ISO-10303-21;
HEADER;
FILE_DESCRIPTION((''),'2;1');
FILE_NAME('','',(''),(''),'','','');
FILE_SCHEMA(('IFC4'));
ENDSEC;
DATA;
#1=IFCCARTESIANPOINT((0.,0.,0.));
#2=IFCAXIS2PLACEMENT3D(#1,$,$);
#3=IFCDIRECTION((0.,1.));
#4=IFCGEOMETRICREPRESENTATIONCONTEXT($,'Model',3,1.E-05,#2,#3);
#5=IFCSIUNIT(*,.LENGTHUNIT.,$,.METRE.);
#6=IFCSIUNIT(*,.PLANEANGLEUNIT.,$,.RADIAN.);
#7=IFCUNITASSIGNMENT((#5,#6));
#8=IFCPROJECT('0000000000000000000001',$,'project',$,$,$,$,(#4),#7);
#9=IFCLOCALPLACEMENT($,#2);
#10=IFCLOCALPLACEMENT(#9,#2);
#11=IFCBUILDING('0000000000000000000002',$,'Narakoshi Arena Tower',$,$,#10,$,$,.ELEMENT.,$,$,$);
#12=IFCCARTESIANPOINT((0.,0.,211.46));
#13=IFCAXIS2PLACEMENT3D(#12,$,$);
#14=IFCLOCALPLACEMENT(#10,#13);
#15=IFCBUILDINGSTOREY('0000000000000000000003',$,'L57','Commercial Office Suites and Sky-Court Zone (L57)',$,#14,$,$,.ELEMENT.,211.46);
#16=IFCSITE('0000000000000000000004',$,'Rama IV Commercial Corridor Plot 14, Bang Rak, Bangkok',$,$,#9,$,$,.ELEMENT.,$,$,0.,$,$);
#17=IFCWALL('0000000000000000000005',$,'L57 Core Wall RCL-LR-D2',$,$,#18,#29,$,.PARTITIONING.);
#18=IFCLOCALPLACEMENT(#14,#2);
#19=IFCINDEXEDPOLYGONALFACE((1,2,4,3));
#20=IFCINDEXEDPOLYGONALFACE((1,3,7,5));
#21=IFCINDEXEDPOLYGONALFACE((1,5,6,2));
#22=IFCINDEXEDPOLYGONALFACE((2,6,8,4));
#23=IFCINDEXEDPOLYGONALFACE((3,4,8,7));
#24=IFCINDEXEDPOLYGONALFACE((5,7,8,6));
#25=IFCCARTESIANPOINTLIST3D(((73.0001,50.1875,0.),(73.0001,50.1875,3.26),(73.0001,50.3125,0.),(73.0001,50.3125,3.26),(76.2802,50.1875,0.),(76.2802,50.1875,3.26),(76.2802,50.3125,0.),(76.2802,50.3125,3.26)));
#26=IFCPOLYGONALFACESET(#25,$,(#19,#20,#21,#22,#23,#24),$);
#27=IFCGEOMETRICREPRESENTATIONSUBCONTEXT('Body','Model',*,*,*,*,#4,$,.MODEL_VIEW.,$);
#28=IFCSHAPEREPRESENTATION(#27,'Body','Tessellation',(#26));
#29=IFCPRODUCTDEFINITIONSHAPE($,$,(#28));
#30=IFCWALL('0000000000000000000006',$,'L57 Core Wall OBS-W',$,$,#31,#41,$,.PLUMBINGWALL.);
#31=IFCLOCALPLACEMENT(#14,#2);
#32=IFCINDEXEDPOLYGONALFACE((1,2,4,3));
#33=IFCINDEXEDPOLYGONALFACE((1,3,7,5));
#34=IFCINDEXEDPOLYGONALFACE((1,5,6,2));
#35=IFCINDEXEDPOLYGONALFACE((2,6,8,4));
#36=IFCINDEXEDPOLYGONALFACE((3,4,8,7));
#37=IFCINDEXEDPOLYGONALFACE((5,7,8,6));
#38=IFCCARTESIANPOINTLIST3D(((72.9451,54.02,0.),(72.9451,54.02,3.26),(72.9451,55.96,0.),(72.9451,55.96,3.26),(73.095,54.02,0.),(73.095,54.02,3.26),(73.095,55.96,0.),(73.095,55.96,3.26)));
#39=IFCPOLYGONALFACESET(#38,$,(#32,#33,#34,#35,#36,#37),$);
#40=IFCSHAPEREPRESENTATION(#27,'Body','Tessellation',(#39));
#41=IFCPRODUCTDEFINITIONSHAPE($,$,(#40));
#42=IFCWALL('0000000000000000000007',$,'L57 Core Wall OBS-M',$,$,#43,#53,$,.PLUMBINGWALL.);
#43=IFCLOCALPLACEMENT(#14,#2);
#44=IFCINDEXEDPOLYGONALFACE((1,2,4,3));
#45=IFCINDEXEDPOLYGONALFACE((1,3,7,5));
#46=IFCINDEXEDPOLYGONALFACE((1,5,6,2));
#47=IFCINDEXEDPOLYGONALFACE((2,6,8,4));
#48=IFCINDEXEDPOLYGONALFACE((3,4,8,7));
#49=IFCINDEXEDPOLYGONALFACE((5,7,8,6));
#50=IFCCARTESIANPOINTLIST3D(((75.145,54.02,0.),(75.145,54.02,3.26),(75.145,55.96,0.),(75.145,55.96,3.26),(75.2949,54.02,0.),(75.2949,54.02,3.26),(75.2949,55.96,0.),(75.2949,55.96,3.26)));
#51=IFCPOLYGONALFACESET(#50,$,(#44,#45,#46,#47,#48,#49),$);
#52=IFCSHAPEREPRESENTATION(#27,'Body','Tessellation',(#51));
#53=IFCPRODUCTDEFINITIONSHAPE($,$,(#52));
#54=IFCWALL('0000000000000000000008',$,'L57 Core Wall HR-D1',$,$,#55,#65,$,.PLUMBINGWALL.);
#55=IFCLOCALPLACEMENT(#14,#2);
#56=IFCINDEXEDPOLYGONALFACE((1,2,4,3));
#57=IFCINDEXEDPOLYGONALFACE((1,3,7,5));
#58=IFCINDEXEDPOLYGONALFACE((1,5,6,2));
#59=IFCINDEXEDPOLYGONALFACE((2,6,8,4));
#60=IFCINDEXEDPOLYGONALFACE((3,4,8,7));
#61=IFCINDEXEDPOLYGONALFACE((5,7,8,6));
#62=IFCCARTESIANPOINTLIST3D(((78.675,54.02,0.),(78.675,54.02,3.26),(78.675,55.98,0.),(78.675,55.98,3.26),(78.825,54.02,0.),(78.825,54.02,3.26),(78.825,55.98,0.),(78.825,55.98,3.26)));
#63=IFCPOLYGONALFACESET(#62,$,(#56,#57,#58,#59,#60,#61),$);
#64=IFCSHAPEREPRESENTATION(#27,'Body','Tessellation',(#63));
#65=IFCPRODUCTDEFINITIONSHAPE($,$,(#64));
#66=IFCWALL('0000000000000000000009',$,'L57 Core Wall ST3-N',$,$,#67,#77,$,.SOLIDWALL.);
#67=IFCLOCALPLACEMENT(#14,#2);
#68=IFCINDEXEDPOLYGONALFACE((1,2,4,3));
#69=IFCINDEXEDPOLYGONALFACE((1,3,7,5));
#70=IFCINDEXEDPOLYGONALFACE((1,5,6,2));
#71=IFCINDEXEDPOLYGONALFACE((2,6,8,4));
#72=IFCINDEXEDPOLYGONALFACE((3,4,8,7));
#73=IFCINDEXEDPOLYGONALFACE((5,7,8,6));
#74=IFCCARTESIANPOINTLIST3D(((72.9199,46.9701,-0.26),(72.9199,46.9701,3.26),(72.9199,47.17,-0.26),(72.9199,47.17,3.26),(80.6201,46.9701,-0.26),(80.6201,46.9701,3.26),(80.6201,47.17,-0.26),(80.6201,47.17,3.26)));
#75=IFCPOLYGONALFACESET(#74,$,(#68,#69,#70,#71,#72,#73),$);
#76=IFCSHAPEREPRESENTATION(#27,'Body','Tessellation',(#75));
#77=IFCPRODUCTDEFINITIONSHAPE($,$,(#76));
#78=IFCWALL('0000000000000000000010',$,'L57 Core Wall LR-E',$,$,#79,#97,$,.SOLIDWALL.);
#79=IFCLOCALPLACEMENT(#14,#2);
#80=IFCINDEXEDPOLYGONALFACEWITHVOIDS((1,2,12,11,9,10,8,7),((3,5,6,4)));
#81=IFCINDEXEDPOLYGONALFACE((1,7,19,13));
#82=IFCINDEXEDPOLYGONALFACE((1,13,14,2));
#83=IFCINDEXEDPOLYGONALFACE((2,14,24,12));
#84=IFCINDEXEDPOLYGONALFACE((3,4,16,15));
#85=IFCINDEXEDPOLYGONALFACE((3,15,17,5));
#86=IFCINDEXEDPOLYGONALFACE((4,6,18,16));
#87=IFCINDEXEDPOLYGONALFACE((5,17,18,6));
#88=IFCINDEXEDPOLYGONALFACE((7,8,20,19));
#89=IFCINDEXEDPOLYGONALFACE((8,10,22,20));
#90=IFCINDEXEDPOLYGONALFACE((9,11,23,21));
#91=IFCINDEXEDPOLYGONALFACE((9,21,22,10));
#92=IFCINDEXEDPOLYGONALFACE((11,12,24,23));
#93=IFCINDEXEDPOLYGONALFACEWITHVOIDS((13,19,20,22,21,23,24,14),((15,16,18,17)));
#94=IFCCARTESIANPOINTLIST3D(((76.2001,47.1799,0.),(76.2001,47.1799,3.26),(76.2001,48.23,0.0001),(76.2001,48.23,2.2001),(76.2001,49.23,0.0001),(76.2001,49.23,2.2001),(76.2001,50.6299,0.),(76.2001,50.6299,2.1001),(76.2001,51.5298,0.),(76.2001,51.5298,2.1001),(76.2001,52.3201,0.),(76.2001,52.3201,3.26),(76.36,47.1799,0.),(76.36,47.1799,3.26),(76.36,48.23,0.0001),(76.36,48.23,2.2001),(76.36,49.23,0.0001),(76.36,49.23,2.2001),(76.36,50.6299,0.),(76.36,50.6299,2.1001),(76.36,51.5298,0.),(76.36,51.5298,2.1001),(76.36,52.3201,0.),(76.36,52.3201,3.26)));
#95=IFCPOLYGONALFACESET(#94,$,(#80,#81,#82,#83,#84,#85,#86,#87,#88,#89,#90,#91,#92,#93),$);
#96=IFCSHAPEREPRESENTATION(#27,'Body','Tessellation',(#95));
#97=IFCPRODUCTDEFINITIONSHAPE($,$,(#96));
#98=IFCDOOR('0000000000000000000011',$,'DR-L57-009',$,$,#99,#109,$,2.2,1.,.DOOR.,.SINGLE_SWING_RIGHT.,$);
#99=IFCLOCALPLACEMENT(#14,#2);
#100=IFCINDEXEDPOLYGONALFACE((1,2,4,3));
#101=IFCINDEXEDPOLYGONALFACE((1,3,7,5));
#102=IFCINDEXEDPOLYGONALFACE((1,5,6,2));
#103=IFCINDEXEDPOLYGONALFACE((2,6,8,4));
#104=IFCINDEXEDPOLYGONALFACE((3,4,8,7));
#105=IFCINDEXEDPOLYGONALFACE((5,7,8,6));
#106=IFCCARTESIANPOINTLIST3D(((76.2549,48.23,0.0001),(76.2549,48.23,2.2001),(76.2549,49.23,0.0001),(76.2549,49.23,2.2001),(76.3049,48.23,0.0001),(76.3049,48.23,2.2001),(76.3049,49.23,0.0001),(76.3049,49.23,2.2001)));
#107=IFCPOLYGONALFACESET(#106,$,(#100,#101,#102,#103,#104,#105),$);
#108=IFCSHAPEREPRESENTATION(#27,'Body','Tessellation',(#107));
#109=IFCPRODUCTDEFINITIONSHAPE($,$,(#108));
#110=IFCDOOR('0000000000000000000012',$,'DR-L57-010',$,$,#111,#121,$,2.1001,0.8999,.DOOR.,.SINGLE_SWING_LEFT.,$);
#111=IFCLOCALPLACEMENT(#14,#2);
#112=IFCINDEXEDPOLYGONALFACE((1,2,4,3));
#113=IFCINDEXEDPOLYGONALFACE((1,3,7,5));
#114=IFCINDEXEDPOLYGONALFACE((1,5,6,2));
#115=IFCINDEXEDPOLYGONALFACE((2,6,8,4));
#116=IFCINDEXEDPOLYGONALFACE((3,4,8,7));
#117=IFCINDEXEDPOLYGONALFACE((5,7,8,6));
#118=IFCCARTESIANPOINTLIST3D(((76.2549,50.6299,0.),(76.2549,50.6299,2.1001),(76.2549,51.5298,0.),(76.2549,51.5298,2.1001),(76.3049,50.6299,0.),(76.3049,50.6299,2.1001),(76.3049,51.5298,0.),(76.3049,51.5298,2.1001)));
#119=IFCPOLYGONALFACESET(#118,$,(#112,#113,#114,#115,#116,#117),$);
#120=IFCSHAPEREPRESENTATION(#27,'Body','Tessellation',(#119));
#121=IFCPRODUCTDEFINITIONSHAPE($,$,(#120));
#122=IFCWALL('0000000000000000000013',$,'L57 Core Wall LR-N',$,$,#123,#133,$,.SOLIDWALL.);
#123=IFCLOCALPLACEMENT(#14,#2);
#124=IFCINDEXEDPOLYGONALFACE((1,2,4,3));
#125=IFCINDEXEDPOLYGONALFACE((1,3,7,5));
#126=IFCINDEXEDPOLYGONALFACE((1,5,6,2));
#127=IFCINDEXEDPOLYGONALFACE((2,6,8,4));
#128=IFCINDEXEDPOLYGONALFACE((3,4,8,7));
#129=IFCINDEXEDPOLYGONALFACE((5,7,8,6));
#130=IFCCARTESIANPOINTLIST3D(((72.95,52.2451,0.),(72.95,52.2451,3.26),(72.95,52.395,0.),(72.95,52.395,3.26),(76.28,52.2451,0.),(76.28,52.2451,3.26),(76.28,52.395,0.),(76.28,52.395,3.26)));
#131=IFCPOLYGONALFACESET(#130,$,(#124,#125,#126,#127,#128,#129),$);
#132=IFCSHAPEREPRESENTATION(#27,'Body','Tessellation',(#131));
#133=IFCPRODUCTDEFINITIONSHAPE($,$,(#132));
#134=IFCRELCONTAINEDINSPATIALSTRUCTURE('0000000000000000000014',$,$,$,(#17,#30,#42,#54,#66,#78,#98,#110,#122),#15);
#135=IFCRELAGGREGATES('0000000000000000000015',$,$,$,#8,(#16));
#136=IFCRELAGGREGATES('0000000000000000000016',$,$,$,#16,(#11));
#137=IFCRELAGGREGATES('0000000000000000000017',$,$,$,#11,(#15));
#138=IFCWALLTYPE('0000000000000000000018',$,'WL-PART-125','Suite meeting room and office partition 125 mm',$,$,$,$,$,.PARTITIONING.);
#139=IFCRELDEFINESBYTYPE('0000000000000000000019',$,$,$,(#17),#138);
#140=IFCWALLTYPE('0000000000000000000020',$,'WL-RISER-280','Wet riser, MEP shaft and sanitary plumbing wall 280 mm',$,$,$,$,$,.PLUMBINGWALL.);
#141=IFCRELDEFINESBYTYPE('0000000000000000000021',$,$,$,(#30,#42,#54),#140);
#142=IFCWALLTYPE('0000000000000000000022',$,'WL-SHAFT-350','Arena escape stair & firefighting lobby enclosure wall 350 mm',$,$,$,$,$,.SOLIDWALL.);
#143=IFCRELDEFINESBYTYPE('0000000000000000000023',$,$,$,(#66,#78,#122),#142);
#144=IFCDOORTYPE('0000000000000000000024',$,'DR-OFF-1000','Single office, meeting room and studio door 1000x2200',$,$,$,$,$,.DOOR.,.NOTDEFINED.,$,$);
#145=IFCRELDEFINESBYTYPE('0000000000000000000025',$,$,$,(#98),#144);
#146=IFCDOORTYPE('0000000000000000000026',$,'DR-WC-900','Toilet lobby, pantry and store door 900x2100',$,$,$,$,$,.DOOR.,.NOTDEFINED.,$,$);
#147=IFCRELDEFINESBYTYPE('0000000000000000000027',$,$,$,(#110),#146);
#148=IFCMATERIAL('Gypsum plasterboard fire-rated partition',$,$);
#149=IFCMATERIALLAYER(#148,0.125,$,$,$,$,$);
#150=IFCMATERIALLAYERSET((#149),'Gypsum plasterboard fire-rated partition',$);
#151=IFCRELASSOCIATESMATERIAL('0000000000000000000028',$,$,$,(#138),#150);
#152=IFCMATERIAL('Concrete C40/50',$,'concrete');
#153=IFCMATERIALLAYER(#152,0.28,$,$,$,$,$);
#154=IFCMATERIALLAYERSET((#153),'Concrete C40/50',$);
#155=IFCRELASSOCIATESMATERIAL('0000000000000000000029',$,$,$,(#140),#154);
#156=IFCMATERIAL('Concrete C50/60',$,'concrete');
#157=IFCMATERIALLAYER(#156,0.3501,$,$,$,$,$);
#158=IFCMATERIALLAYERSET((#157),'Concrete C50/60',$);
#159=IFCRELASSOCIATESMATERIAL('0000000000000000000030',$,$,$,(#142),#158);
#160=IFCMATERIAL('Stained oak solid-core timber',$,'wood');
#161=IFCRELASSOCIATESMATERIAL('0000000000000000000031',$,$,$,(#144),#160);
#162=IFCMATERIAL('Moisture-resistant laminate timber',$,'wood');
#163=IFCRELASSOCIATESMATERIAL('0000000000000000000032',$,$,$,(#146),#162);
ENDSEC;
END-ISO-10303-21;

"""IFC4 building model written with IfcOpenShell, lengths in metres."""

from ifc_helpers import new_model, si_unit, direction, frame, frame_2d, origin, place, context, subcontext, project, spatial, rectangle, extrude, material, layer, layer_set, type_object, element, fill, save


model = new_model("IFC4")

# Units and contexts
model_context = context("Model", 3, precision=1e-05, world=origin(), true_north=direction((0.0, 1.0)))
body_context = subcontext(model_context, "Body", "Model", "MODEL_VIEW")
ifc_project = project(units=[si_unit("LENGTHUNIT", "METRE"), si_unit("PLANEANGLEUNIT", "RADIAN")], contexts=[model_context])

# Site, building, storey
site_placement = place(None, origin())
site = spatial("IfcSite", under=ifc_project, at=site_placement, Name="Rama IV Commercial Corridor Plot 14, Bang Rak, Bangkok", CompositionType="ELEMENT", RefElevation=0.0)
building_placement = place(site_placement, origin())
building = spatial("IfcBuilding", under=site, at=building_placement, Name="Narakoshi Arena Tower", CompositionType="ELEMENT")
storey_placement = place(building_placement, frame((0.0, 0.0, 211.46)))
storey = spatial("IfcBuildingStorey", under=building, at=storey_placement, Name="L57", Description="Commercial Office Suites and Sky-Court Zone (L57)", CompositionType="ELEMENT", Elevation=211.46)

# Walls
ifc_material_1 = material(Name="Gypsum plasterboard fire-rated partition")
ifc_layer_1 = layer(ifc_material_1, 0.125)
ifc_layer_set_1 = layer_set([ifc_layer_1], Name="Gypsum plasterboard fire-rated partition")
wall_type_1 = type_object("IfcWallType", Name="WL-PART-125", Description="Suite meeting room and office partition 125 mm", PredefinedType="PARTITIONING", material=ifc_layer_set_1)
wall_1_placement = place(storey_placement, frame((73.0, 50.25, 0.0), z_axis=(0.0, 0.0, 1.0), x_axis=(1.0, 0.0, 0.0)))
element("IfcWall", 1, at=wall_1_placement, inside=storey, type_object=wall_type_1, Name="L57 Core Wall RCL-LR-D2", PredefinedType="PARTITIONING", context=body_context, shape_type="SweptSolid", body=[
    extrude(rectangle(XDim=3.28, YDim=0.125, at=frame_2d((1.6401, 0.0))), origin(), (0.0, 0.0, 1.0), 3.26),
])
ifc_material_2 = material(Name="Concrete C40/50", Category="concrete")
ifc_layer_2 = layer(ifc_material_2, 0.28)
ifc_layer_set_2 = layer_set([ifc_layer_2], Name="Concrete C40/50")
wall_type_2 = type_object("IfcWallType", Name="WL-RISER-280", Description="Wet riser, MEP shaft and sanitary plumbing wall 280 mm", PredefinedType="PLUMBINGWALL", material=ifc_layer_set_2)
for number, where, z_axis, x_axis, name in (
    (2, (73.02, 54.02, 0.0), (0.0, 0.0, 1.0), (0.0, 1.0, 0.0), "L57 Core Wall OBS-W"),
    (3, (75.22, 54.02, 0.0), (0.0, 0.0, 1.0), (0.0, 1.0, 0.0), "L57 Core Wall OBS-M"),
):
    element("IfcWall", number, at=place(storey_placement, frame(where, z_axis=z_axis, x_axis=x_axis)), inside=storey, type_object=wall_type_2, Name=name, PredefinedType="PLUMBINGWALL", context=body_context, shape_type="SweptSolid", body=[
        extrude(rectangle(XDim=1.9399, YDim=0.1499, at=frame_2d((0.97, 0.0))), origin(), (0.0, 0.0, 1.0), 3.26),
    ])
wall_2_placement = place(storey_placement, frame((78.75, 54.02, 0.0), z_axis=(0.0, 0.0, 1.0), x_axis=(0.0, 1.0, 0.0)))
element("IfcWall", 4, at=wall_2_placement, inside=storey, type_object=wall_type_2, Name="L57 Core Wall HR-D1", PredefinedType="PLUMBINGWALL", context=body_context, shape_type="SweptSolid", body=[
    extrude(rectangle(XDim=1.96, YDim=0.1499, at=frame_2d((0.98, 0.0))), origin(), (0.0, 0.0, 1.0), 3.26),
])
ifc_material_3 = material(Name="Concrete C50/60", Category="concrete")
ifc_layer_3 = layer(ifc_material_3, 0.3501)
ifc_layer_set_3 = layer_set([ifc_layer_3], Name="Concrete C50/60")
wall_type_3 = type_object("IfcWallType", Name="WL-SHAFT-350", Description="Arena escape stair & firefighting lobby enclosure wall 350 mm", PredefinedType="SOLIDWALL", material=ifc_layer_set_3)
wall_3_placement = place(storey_placement, frame((72.9199, 47.0701, -0.26), z_axis=(0.0, 0.0, 1.0), x_axis=(1.0, 0.0, 0.0)))
element("IfcWall", 5, at=wall_3_placement, inside=storey, type_object=wall_type_3, Name="L57 Core Wall ST3-N", PredefinedType="SOLIDWALL", context=body_context, shape_type="SweptSolid", body=[
    extrude(rectangle(XDim=7.7002, YDim=0.2, at=frame_2d((3.8501, 0.0))), origin(), (0.0, 0.0, 1.0), 3.52),
])

# Wall, openings, doors
wall_4_placement = place(storey_placement, frame((76.28, 47.1799, 0.0), z_axis=(0.0, 0.0, 1.0), x_axis=(0.0, 1.0, 0.0)))
wall_4 = element("IfcWall", 6, at=wall_4_placement, inside=storey, type_object=wall_type_3, Name="L57 Core Wall LR-E", PredefinedType="SOLIDWALL", context=body_context, shape_type="SweptSolid", body=[
    extrude(rectangle(XDim=5.1401, YDim=0.1599, at=frame_2d((2.5701, 0.0))), origin(), (0.0, 0.0, 1.0), 3.26),
])
opening_1_placement = place(wall_4_placement, frame((1.05, 0.0, 0.0)))
opening_1 = element("IfcOpeningElement", 7, at=opening_1_placement, cuts=wall_4, PredefinedType="OPENING", context=body_context, shape_type="SweptSolid", body=[
    extrude(rectangle(XDim=1.0, YDim=2.2, at=frame_2d((0.5, 1.1001))), frame((0.0, 0.0898, 0.0), z_axis=(0.0, -1.0, 0.0), x_axis=(1.0, 0.0, 0.0)), (0.0, 0.0, 1.0), 0.1799),
])
opening_2_placement = place(wall_4_placement, frame((3.45, 0.0, 0.0)))
opening_2 = element("IfcOpeningElement", 8, at=opening_2_placement, cuts=wall_4, PredefinedType="OPENING", context=body_context, shape_type="SweptSolid", body=[
    extrude(rectangle(XDim=0.8999, YDim=2.1001, at=frame_2d((0.45, 1.05))), frame((0.0, 0.0898, 0.0), z_axis=(0.0, -1.0, 0.0), x_axis=(1.0, 0.0, 0.0)), (0.0, 0.0, 1.0), 0.1799),
])
ifc_material_4 = material(Name="Stained oak solid-core timber", Category="wood")
door_type_1 = type_object("IfcDoorType", Name="DR-OFF-1000", Description="Single office, meeting room and studio door 1000x2200", OperationType="NOTDEFINED", PredefinedType="DOOR", material=ifc_material_4)
door_1_placement = place(opening_1_placement, frame((1.0, 0.0, 0.0), z_axis=(0.0, 0.0, 1.0), x_axis=(-1.0, 0.0, 0.0)))
door_1 = element("IfcDoor", 9, at=door_1_placement, inside=storey, type_object=door_type_1, Name="DR-L57-009", OperationType="SINGLE_SWING_RIGHT", OverallHeight=2.2, OverallWidth=1.0, PredefinedType="DOOR", context=body_context, shape_type="SweptSolid", body=[
    extrude(rectangle(XDim=1.0, YDim=2.2, at=frame_2d((0.5, 1.1001))), frame((0.0, 0.0249, 0.0), z_axis=(0.0, -1.0, 0.0), x_axis=(1.0, 0.0, 0.0)), (0.0, 0.0, 1.0), 0.05),
])
fill(opening_1, door_1)
ifc_material_5 = material(Name="Moisture-resistant laminate timber", Category="wood")
door_type_2 = type_object("IfcDoorType", Name="DR-WC-900", Description="Toilet lobby, pantry and store door 900x2100", OperationType="NOTDEFINED", PredefinedType="DOOR", material=ifc_material_5)
door_2_placement = place(opening_2_placement, frame((0.8999, 0.0, 0.0), z_axis=(0.0, 0.0, 1.0), x_axis=(-1.0, 0.0, 0.0)))
door_2 = element("IfcDoor", 10, at=door_2_placement, inside=storey, type_object=door_type_2, Name="DR-L57-010", OperationType="SINGLE_SWING_LEFT", OverallHeight=2.1001, OverallWidth=0.8999, PredefinedType="DOOR", context=body_context, shape_type="SweptSolid", body=[
    extrude(rectangle(XDim=0.8999, YDim=2.1001, at=frame_2d((0.45, 1.05))), frame((0.0, 0.0249, 0.0), z_axis=(0.0, -1.0, 0.0), x_axis=(1.0, 0.0, 0.0)), (0.0, 0.0, 1.0), 0.05),
])
fill(opening_2, door_2)

# Wall
wall_5_placement = place(storey_placement, frame((72.95, 52.3201, 0.0), z_axis=(0.0, 0.0, 1.0), x_axis=(1.0, 0.0, 0.0)))
element("IfcWall", 11, at=wall_5_placement, inside=storey, type_object=wall_type_3, Name="L57 Core Wall LR-N", PredefinedType="SOLIDWALL", context=body_context, shape_type="SweptSolid", body=[
    extrude(rectangle(XDim=3.3301, YDim=0.1499, at=frame_2d((1.665, 0.0))), origin(), (0.0, 0.0, 1.0), 3.26),
])

save(model, "model.ifc")
